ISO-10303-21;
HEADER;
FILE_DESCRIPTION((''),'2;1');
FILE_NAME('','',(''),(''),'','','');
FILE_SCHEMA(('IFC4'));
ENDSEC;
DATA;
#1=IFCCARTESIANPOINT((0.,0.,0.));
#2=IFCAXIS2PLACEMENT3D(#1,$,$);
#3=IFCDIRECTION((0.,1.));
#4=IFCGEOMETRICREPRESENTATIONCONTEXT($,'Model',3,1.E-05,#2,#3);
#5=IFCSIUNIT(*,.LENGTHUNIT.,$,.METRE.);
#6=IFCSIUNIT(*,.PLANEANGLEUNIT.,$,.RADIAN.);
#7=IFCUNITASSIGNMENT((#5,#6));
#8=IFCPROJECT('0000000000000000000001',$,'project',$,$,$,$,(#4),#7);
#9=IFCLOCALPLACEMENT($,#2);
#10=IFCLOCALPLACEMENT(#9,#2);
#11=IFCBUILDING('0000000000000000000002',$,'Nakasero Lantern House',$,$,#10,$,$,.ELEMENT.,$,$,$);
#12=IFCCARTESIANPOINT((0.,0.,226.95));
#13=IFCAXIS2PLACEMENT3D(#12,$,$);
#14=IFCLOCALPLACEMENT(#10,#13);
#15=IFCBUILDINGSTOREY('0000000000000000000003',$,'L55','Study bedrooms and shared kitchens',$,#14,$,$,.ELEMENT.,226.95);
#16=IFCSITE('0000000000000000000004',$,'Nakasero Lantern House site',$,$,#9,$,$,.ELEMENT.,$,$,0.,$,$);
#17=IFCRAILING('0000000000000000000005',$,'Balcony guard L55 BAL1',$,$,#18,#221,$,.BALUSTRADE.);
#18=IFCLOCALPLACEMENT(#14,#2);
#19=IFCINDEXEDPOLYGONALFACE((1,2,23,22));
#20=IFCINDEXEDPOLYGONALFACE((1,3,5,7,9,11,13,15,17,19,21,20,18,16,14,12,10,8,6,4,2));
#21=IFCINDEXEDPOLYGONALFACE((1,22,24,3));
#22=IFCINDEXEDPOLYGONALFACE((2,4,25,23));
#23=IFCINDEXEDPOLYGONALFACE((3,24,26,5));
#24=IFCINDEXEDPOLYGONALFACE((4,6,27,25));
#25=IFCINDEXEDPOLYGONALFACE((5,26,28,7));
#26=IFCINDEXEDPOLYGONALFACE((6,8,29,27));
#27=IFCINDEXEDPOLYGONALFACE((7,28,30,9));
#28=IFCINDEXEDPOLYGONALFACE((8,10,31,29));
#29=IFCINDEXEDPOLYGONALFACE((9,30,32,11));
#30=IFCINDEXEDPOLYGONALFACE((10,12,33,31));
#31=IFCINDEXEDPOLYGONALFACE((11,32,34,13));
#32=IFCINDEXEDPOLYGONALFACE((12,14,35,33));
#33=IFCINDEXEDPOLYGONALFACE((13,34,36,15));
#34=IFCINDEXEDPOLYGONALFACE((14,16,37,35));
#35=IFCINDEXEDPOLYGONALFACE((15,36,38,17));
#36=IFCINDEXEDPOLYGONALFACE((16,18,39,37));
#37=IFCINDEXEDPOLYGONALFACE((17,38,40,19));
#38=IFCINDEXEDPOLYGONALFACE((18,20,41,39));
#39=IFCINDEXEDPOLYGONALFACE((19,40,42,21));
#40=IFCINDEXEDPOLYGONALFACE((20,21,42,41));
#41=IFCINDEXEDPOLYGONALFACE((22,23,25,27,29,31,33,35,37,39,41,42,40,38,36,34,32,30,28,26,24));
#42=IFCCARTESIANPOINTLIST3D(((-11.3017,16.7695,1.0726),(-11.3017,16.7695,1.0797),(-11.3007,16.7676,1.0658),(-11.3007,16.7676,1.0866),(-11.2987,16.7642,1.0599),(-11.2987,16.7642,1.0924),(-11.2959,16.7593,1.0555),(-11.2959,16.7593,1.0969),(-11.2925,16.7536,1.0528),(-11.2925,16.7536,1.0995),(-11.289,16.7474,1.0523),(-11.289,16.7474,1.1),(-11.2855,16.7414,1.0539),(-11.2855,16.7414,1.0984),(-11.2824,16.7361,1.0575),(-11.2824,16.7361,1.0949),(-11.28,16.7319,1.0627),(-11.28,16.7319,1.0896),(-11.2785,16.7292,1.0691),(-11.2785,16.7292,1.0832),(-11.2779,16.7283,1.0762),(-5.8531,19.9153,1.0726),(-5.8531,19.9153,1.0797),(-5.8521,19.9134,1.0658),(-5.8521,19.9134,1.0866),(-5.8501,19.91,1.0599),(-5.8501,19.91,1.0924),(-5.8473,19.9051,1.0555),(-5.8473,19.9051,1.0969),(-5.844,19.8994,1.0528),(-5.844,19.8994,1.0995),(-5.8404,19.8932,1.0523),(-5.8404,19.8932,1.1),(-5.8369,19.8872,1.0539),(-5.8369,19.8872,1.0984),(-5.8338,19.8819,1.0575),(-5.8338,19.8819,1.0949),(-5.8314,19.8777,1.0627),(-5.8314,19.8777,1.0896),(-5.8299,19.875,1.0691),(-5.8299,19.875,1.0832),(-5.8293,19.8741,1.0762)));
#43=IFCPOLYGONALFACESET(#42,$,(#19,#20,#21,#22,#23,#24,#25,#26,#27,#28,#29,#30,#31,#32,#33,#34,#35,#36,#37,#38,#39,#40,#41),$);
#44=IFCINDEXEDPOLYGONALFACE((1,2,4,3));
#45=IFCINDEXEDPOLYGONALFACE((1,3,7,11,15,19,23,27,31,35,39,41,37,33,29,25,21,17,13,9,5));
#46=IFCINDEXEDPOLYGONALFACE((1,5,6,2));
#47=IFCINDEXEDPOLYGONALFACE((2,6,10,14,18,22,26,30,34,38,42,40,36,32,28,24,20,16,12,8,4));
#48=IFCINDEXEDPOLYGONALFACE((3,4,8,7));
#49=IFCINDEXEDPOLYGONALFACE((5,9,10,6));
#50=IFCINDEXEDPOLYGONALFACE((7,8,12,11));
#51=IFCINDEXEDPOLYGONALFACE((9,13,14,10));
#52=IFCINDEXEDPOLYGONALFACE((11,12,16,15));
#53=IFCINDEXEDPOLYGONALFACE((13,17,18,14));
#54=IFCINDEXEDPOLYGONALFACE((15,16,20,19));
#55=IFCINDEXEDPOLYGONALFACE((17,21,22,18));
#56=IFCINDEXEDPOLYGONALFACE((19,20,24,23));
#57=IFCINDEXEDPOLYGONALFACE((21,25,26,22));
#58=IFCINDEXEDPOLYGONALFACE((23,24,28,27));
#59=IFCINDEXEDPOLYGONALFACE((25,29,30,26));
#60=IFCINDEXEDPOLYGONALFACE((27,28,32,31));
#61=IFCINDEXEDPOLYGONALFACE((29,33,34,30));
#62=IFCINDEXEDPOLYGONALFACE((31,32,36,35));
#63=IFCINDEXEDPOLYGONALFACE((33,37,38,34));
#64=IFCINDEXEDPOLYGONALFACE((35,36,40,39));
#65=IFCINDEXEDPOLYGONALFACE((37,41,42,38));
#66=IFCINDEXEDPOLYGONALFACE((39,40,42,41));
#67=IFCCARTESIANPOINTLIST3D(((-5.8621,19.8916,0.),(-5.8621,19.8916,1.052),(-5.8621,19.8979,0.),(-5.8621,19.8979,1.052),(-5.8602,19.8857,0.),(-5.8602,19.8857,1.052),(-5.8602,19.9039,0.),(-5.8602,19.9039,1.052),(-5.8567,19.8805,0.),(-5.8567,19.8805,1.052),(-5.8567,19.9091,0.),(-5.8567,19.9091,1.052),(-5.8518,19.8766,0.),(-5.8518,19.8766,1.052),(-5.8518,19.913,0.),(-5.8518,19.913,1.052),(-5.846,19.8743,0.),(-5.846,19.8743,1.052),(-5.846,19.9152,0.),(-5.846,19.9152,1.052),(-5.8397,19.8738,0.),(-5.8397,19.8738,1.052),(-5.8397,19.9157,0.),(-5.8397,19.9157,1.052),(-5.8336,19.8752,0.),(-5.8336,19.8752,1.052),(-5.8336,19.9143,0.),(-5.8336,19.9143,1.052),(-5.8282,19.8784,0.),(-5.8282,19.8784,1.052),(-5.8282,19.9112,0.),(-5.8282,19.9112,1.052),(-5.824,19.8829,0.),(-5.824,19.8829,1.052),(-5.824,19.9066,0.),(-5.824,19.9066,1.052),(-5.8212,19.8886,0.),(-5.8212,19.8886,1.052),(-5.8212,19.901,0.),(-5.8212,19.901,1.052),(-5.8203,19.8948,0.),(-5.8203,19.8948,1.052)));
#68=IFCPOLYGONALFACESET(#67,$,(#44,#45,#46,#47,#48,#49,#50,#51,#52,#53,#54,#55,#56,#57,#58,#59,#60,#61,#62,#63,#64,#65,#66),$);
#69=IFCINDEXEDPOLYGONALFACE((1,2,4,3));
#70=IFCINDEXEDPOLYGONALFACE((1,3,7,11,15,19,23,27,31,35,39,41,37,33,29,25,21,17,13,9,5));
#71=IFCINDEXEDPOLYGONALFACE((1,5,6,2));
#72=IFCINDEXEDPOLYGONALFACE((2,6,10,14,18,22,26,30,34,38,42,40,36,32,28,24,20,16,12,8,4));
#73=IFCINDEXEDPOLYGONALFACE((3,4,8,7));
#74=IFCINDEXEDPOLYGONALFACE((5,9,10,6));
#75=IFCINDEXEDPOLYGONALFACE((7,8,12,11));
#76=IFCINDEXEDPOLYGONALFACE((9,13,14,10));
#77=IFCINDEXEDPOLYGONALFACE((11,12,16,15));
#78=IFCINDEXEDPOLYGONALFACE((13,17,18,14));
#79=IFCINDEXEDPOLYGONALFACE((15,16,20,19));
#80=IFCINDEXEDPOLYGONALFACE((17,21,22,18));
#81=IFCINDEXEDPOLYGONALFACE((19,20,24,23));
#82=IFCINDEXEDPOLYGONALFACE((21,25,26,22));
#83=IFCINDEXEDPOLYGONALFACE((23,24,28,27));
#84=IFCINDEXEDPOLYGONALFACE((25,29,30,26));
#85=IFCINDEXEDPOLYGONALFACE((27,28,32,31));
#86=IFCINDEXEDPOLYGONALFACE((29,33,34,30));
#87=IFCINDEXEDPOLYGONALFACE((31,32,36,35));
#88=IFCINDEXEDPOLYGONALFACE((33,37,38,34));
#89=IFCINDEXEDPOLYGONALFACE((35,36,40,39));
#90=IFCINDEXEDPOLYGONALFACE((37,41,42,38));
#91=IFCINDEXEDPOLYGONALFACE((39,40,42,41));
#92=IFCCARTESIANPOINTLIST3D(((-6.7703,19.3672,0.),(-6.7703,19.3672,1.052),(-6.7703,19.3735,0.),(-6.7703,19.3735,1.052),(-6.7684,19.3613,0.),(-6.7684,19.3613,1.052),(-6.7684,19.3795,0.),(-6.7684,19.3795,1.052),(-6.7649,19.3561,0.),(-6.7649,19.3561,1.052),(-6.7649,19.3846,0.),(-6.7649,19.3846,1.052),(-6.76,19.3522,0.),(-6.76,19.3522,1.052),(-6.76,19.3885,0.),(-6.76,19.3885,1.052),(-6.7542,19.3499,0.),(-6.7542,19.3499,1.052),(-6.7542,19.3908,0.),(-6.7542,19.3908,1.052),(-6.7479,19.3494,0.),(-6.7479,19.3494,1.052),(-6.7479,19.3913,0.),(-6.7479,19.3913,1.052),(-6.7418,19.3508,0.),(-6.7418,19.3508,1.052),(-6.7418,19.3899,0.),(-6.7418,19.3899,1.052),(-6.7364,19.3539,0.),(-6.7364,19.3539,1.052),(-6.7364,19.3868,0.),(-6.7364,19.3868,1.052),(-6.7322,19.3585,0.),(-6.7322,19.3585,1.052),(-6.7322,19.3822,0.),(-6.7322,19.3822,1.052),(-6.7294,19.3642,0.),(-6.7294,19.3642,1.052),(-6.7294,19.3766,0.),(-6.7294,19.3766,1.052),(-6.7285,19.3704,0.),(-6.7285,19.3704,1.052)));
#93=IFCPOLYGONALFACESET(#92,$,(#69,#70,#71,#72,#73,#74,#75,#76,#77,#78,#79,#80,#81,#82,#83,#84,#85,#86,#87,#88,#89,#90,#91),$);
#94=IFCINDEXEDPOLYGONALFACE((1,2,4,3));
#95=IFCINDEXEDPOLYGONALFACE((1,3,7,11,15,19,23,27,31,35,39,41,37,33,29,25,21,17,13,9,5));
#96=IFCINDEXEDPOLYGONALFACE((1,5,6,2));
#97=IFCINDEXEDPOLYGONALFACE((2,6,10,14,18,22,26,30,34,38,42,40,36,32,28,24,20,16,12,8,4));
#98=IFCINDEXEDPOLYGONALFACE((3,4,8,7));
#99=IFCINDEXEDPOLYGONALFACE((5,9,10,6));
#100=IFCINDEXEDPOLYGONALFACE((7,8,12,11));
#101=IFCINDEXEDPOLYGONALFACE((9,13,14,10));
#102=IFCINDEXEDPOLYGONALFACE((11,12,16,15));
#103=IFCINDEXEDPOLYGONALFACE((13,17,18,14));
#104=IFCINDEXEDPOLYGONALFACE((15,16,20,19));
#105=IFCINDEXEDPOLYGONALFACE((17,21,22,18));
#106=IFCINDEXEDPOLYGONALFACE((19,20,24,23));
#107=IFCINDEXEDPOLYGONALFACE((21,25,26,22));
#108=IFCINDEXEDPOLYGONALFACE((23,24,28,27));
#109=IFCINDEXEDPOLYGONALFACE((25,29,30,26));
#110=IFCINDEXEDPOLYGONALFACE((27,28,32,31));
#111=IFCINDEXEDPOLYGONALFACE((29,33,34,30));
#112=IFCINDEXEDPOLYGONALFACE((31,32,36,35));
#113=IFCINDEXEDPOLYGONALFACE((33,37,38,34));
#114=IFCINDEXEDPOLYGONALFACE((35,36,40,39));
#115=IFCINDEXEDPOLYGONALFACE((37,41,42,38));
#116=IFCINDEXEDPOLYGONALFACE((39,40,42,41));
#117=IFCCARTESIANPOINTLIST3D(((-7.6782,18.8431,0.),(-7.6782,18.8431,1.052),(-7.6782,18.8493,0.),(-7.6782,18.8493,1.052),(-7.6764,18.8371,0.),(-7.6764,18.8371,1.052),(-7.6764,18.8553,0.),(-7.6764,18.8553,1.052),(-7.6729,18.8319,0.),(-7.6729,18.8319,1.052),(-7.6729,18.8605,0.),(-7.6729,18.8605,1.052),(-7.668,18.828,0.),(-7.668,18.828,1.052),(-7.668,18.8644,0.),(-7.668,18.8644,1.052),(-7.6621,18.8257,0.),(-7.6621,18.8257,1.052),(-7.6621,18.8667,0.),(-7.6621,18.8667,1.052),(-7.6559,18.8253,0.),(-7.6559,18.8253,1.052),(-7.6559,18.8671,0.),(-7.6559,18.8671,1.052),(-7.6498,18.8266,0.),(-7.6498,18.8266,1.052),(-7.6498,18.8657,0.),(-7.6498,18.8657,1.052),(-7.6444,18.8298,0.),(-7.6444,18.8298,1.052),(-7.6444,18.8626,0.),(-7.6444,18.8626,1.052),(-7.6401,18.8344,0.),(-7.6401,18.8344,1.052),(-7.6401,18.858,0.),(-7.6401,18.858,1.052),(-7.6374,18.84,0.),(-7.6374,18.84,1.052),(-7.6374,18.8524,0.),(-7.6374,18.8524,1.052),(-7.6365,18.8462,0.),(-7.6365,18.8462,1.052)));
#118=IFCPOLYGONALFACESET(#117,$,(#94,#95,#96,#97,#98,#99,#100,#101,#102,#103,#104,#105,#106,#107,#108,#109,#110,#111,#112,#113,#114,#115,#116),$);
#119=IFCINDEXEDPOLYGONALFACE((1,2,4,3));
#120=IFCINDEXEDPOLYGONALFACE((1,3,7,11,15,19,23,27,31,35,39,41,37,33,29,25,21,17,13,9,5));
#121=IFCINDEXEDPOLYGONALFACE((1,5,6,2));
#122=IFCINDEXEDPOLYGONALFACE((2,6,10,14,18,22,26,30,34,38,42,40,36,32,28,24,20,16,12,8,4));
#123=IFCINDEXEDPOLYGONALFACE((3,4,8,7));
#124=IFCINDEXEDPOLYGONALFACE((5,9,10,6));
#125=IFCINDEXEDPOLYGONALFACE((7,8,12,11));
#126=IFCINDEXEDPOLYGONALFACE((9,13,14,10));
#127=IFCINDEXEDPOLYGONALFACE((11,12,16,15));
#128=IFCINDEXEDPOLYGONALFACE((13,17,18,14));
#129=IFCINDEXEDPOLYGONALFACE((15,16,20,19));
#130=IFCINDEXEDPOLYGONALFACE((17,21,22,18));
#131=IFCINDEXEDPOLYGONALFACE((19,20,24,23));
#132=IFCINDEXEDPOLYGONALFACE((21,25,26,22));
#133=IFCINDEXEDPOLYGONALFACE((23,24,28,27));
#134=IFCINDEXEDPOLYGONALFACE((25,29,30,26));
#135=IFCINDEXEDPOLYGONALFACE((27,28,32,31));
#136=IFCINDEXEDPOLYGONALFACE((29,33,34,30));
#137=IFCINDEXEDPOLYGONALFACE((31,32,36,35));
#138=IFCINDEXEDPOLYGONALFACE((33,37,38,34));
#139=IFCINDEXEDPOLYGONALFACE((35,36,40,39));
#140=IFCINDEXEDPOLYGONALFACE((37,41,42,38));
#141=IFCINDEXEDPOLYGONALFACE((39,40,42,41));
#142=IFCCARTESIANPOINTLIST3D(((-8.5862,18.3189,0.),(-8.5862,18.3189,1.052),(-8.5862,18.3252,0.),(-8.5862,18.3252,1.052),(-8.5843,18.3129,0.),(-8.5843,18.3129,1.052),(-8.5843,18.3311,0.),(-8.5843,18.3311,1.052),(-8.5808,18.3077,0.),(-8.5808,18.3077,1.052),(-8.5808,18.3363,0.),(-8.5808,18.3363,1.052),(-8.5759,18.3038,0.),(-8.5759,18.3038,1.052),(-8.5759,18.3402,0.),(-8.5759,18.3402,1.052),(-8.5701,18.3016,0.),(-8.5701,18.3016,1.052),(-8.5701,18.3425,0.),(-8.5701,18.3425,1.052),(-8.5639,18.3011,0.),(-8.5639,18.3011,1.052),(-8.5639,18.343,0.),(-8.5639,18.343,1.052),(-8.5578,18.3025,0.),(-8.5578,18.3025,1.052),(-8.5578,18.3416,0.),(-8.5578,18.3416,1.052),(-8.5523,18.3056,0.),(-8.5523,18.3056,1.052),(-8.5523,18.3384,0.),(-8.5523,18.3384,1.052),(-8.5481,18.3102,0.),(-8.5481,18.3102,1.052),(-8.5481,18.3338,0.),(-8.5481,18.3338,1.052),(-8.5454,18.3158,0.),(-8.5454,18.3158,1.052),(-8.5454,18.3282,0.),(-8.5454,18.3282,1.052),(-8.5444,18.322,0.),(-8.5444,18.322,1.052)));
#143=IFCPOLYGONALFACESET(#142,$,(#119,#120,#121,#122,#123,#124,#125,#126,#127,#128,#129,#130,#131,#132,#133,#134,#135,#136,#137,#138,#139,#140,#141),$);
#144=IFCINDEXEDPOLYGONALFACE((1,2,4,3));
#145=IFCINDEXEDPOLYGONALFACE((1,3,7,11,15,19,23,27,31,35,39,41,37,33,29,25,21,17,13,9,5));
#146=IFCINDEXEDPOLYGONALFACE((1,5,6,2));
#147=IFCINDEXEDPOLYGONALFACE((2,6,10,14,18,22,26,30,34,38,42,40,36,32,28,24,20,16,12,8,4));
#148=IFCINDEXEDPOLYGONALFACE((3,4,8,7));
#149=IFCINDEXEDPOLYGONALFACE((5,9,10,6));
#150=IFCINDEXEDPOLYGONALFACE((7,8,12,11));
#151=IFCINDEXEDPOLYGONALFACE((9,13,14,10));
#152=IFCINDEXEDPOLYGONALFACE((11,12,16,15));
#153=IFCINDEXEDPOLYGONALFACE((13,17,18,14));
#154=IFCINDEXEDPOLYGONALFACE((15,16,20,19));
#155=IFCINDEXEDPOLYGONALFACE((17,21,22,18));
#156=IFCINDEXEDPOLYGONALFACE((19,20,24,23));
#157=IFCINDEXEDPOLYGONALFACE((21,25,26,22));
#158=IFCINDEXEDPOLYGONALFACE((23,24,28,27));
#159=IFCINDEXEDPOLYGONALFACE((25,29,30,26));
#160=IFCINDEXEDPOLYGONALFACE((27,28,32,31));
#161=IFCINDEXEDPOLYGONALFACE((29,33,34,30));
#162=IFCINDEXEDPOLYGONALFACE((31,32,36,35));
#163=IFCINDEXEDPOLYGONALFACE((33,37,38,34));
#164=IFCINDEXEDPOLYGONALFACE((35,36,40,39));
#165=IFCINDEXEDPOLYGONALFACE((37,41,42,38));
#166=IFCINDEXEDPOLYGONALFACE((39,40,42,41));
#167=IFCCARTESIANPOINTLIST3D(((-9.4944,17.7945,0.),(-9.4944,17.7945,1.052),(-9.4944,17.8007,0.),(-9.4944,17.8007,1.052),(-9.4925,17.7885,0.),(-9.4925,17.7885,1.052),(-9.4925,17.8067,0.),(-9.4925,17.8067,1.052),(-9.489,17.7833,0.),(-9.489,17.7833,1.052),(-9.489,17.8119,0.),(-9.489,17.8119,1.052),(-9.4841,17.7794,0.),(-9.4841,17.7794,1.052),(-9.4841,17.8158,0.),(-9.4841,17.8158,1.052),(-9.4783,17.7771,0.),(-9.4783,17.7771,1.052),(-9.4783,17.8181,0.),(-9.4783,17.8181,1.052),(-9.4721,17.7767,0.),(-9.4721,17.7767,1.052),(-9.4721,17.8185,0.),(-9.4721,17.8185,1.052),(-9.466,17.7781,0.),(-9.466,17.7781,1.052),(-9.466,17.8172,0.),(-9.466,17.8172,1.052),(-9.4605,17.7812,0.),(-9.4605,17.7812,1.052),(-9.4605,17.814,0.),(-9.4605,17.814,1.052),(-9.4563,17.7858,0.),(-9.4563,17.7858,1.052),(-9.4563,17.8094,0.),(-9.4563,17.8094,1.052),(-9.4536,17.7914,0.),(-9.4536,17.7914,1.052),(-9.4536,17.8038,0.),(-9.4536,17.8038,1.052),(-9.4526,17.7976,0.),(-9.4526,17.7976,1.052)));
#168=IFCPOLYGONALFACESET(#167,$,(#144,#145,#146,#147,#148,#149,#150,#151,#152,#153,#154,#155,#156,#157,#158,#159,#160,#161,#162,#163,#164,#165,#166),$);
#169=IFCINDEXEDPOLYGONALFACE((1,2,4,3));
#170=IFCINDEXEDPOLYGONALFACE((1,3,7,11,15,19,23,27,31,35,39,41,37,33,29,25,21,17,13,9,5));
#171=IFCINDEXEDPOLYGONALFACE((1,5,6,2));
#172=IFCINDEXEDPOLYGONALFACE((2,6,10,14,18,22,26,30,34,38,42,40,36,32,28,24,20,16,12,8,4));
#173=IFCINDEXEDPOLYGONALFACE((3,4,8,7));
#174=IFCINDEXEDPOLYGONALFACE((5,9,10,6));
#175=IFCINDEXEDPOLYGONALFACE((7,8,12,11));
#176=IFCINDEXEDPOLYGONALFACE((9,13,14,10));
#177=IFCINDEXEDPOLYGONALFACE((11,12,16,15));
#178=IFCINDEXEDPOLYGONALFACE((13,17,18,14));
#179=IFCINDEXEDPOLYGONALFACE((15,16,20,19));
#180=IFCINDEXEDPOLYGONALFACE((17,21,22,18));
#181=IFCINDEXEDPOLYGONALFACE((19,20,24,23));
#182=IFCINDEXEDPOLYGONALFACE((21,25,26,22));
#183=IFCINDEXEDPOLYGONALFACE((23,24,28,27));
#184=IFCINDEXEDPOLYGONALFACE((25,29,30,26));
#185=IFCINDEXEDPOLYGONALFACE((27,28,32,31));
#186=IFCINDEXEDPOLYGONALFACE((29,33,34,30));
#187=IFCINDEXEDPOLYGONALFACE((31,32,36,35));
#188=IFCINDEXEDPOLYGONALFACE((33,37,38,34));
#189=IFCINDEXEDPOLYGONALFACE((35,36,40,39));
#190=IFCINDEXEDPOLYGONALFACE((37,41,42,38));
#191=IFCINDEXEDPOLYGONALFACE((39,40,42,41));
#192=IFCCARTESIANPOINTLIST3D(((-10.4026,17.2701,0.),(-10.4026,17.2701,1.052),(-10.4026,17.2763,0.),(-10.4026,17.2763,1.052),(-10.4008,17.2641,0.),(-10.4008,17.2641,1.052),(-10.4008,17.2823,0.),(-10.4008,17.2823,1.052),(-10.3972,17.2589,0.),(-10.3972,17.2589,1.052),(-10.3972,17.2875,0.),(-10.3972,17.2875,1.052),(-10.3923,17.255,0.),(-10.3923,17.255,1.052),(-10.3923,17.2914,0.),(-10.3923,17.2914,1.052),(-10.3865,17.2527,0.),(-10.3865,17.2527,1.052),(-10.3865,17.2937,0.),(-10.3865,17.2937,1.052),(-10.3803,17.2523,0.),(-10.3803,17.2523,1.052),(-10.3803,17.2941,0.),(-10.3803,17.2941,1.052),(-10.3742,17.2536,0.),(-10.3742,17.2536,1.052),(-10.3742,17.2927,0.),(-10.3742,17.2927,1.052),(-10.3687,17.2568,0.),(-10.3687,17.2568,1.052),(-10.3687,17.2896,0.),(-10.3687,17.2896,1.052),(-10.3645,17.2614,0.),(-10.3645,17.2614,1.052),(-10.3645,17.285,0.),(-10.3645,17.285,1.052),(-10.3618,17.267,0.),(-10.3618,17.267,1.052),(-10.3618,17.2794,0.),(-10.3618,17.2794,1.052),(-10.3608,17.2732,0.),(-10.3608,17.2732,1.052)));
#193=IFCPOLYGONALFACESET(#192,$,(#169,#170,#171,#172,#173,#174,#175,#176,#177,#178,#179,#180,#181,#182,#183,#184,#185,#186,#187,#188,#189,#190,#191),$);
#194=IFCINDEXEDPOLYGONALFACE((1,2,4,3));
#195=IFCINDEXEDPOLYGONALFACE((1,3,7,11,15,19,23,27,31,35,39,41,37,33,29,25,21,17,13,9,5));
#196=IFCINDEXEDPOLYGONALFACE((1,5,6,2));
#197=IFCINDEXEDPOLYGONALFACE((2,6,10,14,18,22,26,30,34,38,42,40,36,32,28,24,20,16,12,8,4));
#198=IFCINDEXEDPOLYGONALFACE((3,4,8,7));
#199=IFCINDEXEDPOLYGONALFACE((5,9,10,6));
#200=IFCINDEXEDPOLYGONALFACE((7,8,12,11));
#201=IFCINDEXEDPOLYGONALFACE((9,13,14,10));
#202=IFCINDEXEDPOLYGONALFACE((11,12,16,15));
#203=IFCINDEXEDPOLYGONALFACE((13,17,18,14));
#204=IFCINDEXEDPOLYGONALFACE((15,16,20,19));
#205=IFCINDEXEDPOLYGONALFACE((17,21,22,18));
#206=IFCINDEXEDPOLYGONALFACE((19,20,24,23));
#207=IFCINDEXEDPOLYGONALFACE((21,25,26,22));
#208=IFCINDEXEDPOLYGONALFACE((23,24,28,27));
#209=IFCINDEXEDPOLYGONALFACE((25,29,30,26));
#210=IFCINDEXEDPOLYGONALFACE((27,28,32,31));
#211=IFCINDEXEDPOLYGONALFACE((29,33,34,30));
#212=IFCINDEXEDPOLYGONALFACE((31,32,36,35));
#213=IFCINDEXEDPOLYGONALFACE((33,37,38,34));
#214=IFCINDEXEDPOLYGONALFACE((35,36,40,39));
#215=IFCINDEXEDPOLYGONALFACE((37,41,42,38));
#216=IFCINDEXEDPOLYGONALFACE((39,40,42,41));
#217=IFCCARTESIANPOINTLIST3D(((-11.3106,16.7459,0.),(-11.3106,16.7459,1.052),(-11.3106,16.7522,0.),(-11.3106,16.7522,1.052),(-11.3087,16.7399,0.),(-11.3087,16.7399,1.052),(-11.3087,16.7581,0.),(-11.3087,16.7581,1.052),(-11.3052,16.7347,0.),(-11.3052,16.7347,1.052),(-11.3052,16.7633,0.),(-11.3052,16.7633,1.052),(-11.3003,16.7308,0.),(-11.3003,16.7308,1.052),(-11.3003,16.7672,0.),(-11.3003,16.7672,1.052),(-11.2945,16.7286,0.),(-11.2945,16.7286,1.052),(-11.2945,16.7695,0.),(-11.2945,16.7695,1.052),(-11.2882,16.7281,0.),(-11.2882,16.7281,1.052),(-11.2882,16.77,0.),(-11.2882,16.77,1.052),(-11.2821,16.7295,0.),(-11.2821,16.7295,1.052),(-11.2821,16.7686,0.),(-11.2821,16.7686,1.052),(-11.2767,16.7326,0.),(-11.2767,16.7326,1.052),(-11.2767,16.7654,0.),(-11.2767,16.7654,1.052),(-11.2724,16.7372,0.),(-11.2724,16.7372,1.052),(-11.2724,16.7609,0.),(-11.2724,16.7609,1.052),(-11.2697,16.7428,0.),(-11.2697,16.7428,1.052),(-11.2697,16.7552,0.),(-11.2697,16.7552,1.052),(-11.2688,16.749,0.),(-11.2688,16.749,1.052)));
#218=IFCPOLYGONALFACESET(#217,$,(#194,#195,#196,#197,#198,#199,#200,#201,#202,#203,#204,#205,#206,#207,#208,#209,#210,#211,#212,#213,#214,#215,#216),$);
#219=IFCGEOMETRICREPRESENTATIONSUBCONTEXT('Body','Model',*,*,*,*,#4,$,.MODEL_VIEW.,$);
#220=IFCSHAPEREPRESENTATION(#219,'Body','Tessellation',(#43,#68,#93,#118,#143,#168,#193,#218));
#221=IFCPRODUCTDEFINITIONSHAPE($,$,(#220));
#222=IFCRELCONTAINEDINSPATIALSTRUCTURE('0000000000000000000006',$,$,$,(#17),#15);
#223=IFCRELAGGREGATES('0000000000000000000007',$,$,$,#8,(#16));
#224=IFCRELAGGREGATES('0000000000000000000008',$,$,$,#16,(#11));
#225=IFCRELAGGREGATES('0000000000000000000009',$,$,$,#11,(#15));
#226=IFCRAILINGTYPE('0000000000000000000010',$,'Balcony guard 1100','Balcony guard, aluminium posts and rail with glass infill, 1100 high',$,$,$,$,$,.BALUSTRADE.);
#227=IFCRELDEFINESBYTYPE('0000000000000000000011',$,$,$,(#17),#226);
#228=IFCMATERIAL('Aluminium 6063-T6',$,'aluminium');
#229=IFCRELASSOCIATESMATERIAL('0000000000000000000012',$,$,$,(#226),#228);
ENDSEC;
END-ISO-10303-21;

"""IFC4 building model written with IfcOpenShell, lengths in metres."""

from ifc_helpers import new_model, si_unit, direction, frame, origin, origin_2d, place, context, subcontext, project, spatial, circle, extrude, material, type_object, element, save


model = new_model("IFC4")

# Units and contexts
model_context = context("Model", 3, precision=1e-05, world=origin(), true_north=direction((0.0, 1.0)))
body_context = subcontext(model_context, "Body", "Model", "MODEL_VIEW")
ifc_project = project(units=[si_unit("LENGTHUNIT", "METRE"), si_unit("PLANEANGLEUNIT", "RADIAN")], contexts=[model_context])

# Site, building, storey
site_placement = place(None, origin())
site = spatial("IfcSite", under=ifc_project, at=site_placement, Name="Nakasero Lantern House site", CompositionType="ELEMENT", RefElevation=0.0)
building_placement = place(site_placement, origin())
building = spatial("IfcBuilding", under=site, at=building_placement, Name="Nakasero Lantern House", CompositionType="ELEMENT")
storey_placement = place(building_placement, frame((0.0, 0.0, 226.95)))
storey = spatial("IfcBuildingStorey", under=building, at=storey_placement, Name="L55", Description="Study bedrooms and shared kitchens", CompositionType="ELEMENT", Elevation=226.95)

# Railing
ifc_material_1 = material(Name="Aluminium 6063-T6", Category="aluminium")
railing_type = type_object("IfcRailingType", Name="Balcony guard 1100", Description="Balcony guard, aluminium posts and rail with glass infill, 1100 high", PredefinedType="BALUSTRADE", material=ifc_material_1)
railing_placement = place(storey_placement, frame((-5.8413, 19.8948, 0.0)))
element("IfcRailing", 1, at=railing_placement, inside=storey, type_object=railing_type, Name="Balcony guard L55 BAL1", PredefinedType="BALUSTRADE", context=body_context, shape_type="SweptSolid", body=[
    extrude(circle(Radius=0.0239, at=origin_2d()), frame((0.0, 0.0, 1.0762), z_axis=(-0.866021, -0.500008, 0.0), x_axis=(0.500008, -0.866021, 0.0)), (0.0, 0.0, 1.0), 6.2915),
    extrude(circle(Radius=0.021, at=origin_2d()), origin(), (0.0, 0.0, 1.0), 1.052),
    extrude(circle(Radius=0.021, at=origin_2d()), frame((-0.9082, -0.5244, 0.0)), (0.0, 0.0, 1.0), 1.052),
    extrude(circle(Radius=0.021, at=origin_2d()), frame((-1.8162, -1.0486, 0.0)), (0.0, 0.0, 1.0), 1.052),
    extrude(circle(Radius=0.021, at=origin_2d()), frame((-2.7241, -1.5728, 0.0)), (0.0, 0.0, 1.0), 1.052),
    extrude(circle(Radius=0.021, at=origin_2d()), frame((-3.6323, -2.0972, 0.0)), (0.0, 0.0, 1.0), 1.052),
    extrude(circle(Radius=0.021, at=origin_2d()), frame((-4.5405, -2.6216, 0.0)), (0.0, 0.0, 1.0), 1.052),
    extrude(circle(Radius=0.021, at=origin_2d()), frame((-5.4485, -3.1458, 0.0)), (0.0, 0.0, 1.0), 1.052),
])

save(model, "model.ifc")
